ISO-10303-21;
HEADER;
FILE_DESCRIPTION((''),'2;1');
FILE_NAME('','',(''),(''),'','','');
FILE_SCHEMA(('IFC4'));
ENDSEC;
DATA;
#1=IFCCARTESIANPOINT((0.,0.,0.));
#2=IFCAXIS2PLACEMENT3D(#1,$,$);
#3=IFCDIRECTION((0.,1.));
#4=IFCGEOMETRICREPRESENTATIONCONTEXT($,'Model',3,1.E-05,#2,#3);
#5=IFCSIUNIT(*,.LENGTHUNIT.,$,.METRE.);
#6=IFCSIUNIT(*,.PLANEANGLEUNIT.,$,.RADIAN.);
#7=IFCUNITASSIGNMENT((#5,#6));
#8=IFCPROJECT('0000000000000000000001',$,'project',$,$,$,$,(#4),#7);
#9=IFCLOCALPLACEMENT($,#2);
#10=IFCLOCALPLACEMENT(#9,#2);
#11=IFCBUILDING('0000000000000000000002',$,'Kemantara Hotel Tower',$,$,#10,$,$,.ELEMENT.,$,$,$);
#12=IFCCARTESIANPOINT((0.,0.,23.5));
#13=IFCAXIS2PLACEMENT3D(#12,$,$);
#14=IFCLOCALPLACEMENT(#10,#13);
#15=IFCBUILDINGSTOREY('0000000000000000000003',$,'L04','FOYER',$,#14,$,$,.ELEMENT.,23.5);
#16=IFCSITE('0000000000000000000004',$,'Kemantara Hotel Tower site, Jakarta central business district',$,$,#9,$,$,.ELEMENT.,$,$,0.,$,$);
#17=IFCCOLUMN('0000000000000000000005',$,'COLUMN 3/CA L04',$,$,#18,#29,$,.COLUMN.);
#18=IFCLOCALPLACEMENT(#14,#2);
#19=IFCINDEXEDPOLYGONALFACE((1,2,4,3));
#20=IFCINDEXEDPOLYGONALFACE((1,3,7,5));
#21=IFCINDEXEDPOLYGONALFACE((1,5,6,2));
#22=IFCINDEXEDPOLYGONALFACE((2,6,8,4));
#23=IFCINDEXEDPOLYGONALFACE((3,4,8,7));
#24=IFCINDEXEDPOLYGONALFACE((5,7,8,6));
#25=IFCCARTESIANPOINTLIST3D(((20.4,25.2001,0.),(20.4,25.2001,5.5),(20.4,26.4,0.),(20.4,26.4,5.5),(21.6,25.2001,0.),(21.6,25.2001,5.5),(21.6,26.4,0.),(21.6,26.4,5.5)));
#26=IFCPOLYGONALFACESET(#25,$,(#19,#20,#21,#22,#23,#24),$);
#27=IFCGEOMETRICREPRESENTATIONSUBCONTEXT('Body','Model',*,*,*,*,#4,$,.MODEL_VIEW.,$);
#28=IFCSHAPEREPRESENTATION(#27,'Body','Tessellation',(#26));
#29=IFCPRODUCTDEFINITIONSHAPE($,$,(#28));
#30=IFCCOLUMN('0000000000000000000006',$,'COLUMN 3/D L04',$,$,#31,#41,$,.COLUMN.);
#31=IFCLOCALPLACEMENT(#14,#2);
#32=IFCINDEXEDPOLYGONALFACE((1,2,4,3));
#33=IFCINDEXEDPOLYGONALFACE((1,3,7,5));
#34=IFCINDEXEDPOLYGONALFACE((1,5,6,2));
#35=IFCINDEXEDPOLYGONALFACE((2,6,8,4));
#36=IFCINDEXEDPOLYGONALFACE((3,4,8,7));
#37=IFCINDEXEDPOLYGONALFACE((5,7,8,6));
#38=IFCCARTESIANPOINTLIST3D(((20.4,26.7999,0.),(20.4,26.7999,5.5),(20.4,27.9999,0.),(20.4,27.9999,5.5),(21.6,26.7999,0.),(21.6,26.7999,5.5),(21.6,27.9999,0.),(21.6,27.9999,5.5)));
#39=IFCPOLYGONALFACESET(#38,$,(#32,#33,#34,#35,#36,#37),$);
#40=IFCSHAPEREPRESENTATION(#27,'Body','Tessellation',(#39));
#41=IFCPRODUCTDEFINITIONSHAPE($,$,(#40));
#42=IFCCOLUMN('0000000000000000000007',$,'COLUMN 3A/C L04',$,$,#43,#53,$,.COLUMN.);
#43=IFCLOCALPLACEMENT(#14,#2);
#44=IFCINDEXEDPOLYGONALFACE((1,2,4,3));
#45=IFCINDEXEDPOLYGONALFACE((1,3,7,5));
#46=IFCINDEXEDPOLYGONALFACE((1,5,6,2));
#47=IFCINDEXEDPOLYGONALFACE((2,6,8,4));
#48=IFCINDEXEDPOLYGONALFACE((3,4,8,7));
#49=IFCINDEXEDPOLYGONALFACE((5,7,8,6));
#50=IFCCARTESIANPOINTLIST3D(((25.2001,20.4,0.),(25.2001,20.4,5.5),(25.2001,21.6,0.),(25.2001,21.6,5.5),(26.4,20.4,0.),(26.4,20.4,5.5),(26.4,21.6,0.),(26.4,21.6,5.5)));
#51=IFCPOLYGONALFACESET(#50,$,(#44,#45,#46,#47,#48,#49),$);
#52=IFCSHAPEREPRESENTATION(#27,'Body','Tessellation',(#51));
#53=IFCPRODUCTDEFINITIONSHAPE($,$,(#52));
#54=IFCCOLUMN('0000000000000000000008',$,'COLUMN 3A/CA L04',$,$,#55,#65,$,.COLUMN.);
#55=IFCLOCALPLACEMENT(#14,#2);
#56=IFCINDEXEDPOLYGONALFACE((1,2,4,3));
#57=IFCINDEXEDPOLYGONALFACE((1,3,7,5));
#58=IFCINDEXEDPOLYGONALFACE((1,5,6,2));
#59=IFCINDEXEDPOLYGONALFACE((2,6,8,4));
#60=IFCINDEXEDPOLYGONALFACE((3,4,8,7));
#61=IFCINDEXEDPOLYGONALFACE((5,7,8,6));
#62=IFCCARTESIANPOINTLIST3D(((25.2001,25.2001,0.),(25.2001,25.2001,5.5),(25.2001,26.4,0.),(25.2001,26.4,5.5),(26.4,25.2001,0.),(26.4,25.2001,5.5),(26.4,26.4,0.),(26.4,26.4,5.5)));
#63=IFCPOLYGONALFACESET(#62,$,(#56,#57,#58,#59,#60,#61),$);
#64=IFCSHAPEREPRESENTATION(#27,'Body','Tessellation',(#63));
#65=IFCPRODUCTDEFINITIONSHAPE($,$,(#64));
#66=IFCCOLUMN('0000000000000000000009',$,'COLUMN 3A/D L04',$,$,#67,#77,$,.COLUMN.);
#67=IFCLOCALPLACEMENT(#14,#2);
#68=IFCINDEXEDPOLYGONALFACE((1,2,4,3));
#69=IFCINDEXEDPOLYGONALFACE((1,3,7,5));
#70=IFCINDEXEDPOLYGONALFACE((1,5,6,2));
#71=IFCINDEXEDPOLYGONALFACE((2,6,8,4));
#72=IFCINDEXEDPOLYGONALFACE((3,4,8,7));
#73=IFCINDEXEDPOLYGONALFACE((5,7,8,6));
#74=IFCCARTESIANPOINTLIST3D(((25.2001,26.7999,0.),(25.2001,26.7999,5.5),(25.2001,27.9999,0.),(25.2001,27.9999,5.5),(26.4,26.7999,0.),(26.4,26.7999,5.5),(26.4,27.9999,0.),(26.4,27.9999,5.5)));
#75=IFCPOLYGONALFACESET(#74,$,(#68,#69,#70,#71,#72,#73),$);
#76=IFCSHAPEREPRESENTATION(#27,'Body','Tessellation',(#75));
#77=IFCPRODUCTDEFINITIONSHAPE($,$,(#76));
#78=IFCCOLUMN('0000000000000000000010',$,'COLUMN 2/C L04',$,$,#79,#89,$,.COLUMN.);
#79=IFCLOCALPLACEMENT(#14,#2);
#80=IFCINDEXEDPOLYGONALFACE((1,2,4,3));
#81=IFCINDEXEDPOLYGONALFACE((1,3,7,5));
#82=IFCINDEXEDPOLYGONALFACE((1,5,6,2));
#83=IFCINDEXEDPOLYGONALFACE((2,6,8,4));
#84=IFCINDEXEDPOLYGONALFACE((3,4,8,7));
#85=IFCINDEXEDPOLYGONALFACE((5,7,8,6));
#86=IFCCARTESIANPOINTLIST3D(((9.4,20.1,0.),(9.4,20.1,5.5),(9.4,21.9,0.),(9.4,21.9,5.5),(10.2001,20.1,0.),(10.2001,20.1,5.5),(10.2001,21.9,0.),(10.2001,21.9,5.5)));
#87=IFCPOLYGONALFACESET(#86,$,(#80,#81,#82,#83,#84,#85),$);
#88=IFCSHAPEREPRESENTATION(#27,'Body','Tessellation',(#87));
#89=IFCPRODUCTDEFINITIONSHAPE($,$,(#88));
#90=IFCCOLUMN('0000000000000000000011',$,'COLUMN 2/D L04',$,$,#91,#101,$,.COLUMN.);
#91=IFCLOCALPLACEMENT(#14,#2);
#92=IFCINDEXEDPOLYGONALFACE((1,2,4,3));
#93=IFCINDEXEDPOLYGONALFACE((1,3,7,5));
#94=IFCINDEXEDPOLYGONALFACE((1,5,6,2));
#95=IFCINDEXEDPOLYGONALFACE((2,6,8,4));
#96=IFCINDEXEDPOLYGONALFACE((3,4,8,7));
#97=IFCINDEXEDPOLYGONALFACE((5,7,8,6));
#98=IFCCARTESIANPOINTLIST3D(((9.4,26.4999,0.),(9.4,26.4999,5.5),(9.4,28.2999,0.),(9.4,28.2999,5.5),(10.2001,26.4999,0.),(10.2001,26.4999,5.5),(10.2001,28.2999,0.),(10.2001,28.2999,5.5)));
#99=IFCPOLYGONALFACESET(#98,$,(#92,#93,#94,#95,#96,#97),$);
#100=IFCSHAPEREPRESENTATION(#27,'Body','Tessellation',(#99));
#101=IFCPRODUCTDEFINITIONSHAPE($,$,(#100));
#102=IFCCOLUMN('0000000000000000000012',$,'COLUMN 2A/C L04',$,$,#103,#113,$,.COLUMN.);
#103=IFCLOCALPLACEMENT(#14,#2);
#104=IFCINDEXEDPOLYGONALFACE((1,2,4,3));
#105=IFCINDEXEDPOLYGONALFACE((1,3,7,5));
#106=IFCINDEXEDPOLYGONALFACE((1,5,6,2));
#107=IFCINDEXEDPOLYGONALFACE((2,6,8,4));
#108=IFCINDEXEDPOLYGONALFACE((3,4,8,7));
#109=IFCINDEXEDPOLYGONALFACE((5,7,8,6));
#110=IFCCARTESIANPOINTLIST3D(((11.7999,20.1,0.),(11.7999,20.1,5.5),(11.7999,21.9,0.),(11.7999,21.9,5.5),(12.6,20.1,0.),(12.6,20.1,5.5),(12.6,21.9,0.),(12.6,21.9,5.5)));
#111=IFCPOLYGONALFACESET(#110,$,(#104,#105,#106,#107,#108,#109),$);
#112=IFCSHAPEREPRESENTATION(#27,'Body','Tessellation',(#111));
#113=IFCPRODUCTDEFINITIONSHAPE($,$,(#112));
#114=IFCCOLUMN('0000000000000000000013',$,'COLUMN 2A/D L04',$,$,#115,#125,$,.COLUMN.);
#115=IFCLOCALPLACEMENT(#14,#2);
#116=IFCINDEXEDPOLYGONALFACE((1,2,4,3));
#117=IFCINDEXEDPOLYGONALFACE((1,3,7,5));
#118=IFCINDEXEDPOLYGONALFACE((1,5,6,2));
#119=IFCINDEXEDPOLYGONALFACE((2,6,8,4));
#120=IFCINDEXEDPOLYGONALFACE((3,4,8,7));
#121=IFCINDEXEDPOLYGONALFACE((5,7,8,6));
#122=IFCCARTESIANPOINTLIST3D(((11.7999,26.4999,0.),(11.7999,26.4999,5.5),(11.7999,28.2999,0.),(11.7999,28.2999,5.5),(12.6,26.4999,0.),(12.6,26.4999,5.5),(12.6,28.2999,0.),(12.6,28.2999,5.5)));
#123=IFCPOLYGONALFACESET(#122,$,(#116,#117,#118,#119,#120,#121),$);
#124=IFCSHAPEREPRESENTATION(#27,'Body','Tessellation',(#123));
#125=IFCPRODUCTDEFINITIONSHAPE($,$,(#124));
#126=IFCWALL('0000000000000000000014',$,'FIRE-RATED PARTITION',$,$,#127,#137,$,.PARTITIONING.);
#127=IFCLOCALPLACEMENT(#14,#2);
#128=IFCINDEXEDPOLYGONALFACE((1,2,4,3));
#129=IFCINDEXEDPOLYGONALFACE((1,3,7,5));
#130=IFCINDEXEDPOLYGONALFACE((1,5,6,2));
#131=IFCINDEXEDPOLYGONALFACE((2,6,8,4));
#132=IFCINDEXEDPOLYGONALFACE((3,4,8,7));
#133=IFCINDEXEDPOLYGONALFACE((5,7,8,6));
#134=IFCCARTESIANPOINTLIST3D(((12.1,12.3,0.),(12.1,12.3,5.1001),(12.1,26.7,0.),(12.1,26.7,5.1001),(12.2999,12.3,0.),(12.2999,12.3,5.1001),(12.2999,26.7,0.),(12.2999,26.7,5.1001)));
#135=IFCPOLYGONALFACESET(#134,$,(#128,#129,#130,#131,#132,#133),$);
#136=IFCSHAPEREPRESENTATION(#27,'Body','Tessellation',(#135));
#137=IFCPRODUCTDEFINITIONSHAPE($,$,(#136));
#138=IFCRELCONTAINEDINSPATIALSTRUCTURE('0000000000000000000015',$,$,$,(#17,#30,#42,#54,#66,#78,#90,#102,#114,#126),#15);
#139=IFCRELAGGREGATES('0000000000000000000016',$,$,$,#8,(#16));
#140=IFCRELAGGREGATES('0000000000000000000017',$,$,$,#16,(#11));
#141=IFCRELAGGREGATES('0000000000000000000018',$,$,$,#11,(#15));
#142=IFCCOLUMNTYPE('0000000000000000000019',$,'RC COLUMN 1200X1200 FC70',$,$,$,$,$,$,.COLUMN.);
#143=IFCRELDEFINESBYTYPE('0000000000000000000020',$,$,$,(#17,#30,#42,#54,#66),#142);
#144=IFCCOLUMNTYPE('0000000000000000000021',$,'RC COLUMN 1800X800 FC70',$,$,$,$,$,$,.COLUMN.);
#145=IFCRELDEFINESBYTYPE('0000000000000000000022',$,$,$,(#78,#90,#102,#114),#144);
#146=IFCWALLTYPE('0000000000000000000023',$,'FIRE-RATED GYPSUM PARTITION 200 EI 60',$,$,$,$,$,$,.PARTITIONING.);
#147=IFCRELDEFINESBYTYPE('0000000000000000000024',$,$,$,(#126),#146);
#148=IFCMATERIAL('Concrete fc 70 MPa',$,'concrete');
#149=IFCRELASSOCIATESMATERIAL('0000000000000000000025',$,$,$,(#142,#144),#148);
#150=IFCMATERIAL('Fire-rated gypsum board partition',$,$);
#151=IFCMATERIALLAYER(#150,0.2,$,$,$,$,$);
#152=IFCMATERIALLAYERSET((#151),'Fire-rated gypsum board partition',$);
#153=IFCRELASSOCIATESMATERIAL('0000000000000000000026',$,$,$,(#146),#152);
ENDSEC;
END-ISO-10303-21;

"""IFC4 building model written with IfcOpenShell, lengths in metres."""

from ifc_helpers import new_model, si_unit, direction, frame, frame_2d, origin, origin_2d, place, context, subcontext, project, spatial, rectangle, extrude, material, layer, layer_set, material_profile, profile_set, type_object, element, save


model = new_model("IFC4")

# Units and contexts
model_context = context("Model", 3, precision=1e-05, world=origin(), true_north=direction((0.0, 1.0)))
body_context = subcontext(model_context, "Body", "Model", "MODEL_VIEW")
ifc_project = project(units=[si_unit("LENGTHUNIT", "METRE"), si_unit("PLANEANGLEUNIT", "RADIAN")], contexts=[model_context])

# Site, building, storey
site_placement = place(None, origin())
site = spatial("IfcSite", under=ifc_project, at=site_placement, Name="Kemantara Hotel Tower site, Jakarta central business district", CompositionType="ELEMENT", RefElevation=0.0)
building_placement = place(site_placement, origin())
building = spatial("IfcBuilding", under=site, at=building_placement, Name="Kemantara Hotel Tower", CompositionType="ELEMENT")
storey_placement = place(building_placement, frame((0.0, 0.0, 23.5)))
storey = spatial("IfcBuildingStorey", under=building, at=storey_placement, Name="L04", Description="FOYER", CompositionType="ELEMENT", Elevation=23.5)

# Columns
ifc_material_1 = material(Name="Concrete fc 70 MPa", Category="concrete")
ifc_material_profile_1 = material_profile(ifc_material_1, rectangle(XDim=1.2, YDim=1.2, at=origin_2d()), Name="RC 1200X1200")
ifc_profile_set_1 = profile_set([ifc_material_profile_1], Name="Concrete fc 70 MPa")
column_type_1 = type_object("IfcColumnType", Name="RC COLUMN 1200X1200 FC70", PredefinedType="COLUMN", material=ifc_profile_set_1)
for number, where, z_axis, x_axis, name in (
    (1, (21.0, 25.8, 0.0), (0.0, 0.0, 1.0), (1.0, 0.0, 0.0), "COLUMN 3/CA L04"),
    (2, (21.0, 27.3999, 0.0), (0.0, 0.0, 1.0), (1.0, 0.0, 0.0), "COLUMN 3/D L04"),
    (3, (25.8, 21.0, 0.0), (0.0, 0.0, 1.0), (1.0, 0.0, 0.0), "COLUMN 3A/C L04"),
    (4, (25.8, 25.8, 0.0), (0.0, 0.0, 1.0), (1.0, 0.0, 0.0), "COLUMN 3A/CA L04"),
    (5, (25.8, 27.3999, 0.0), (0.0, 0.0, 1.0), (1.0, 0.0, 0.0), "COLUMN 3A/D L04"),
):
    element("IfcColumn", number, at=place(storey_placement, frame(where, z_axis=z_axis, x_axis=x_axis)), inside=storey, type_object=column_type_1, Name=name, PredefinedType="COLUMN", context=body_context, shape_type="SweptSolid", body=[
        extrude(rectangle(XDim=1.2, YDim=1.2, at=origin_2d()), origin(), (0.0, 0.0, 1.0), 5.5),
    ])
ifc_material_profile_2 = material_profile(ifc_material_1, rectangle(XDim=1.8, YDim=0.8, at=origin_2d()), Name="RC 1800X800")
ifc_profile_set_2 = profile_set([ifc_material_profile_2], Name="Concrete fc 70 MPa")
column_type_2 = type_object("IfcColumnType", Name="RC COLUMN 1800X800 FC70", PredefinedType="COLUMN", material=ifc_profile_set_2)
for number, where, z_axis, x_axis, name in (
    (6, (9.8, 21.0, 0.0), (0.0, 0.0, 1.0), (0.0, 1.0, 0.0), "COLUMN 2/C L04"),
    (7, (9.8, 27.3999, 0.0), (0.0, 0.0, 1.0), (0.0, 1.0, 0.0), "COLUMN 2/D L04"),
    (8, (12.2, 21.0, 0.0), (0.0, 0.0, 1.0), (0.0, 1.0, 0.0), "COLUMN 2A/C L04"),
    (9, (12.2, 27.3999, 0.0), (0.0, 0.0, 1.0), (0.0, 1.0, 0.0), "COLUMN 2A/D L04"),
):
    element("IfcColumn", number, at=place(storey_placement, frame(where, z_axis=z_axis, x_axis=x_axis)), inside=storey, type_object=column_type_2, Name=name, PredefinedType="COLUMN", context=body_context, shape_type="SweptSolid", body=[
        extrude(rectangle(XDim=1.8, YDim=0.8, at=origin_2d()), origin(), (0.0, 0.0, 1.0), 5.5),
    ])

# Wall
ifc_material_2 = material(Name="Fire-rated gypsum board partition")
ifc_layer_1 = layer(ifc_material_2, 0.2)
ifc_layer_set_1 = layer_set([ifc_layer_1], Name="Fire-rated gypsum board partition")
wall_type_1 = type_object("IfcWallType", Name="FIRE-RATED GYPSUM PARTITION 200 EI 60", PredefinedType="PARTITIONING", material=ifc_layer_set_1)
wall_1_placement = place(storey_placement, frame((12.2, 12.3, 0.0), z_axis=(0.0, 0.0, 1.0), x_axis=(0.0, 1.0, 0.0)))
element("IfcWall", 10, at=wall_1_placement, inside=storey, type_object=wall_type_1, Name="FIRE-RATED PARTITION", PredefinedType="PARTITIONING", context=body_context, shape_type="SweptSolid", body=[
    extrude(rectangle(XDim=14.3999, YDim=0.2, at=frame_2d((7.2, 0.0))), origin(), (0.0, 0.0, 1.0), 5.1001),
])

save(model, "model.ifc")
